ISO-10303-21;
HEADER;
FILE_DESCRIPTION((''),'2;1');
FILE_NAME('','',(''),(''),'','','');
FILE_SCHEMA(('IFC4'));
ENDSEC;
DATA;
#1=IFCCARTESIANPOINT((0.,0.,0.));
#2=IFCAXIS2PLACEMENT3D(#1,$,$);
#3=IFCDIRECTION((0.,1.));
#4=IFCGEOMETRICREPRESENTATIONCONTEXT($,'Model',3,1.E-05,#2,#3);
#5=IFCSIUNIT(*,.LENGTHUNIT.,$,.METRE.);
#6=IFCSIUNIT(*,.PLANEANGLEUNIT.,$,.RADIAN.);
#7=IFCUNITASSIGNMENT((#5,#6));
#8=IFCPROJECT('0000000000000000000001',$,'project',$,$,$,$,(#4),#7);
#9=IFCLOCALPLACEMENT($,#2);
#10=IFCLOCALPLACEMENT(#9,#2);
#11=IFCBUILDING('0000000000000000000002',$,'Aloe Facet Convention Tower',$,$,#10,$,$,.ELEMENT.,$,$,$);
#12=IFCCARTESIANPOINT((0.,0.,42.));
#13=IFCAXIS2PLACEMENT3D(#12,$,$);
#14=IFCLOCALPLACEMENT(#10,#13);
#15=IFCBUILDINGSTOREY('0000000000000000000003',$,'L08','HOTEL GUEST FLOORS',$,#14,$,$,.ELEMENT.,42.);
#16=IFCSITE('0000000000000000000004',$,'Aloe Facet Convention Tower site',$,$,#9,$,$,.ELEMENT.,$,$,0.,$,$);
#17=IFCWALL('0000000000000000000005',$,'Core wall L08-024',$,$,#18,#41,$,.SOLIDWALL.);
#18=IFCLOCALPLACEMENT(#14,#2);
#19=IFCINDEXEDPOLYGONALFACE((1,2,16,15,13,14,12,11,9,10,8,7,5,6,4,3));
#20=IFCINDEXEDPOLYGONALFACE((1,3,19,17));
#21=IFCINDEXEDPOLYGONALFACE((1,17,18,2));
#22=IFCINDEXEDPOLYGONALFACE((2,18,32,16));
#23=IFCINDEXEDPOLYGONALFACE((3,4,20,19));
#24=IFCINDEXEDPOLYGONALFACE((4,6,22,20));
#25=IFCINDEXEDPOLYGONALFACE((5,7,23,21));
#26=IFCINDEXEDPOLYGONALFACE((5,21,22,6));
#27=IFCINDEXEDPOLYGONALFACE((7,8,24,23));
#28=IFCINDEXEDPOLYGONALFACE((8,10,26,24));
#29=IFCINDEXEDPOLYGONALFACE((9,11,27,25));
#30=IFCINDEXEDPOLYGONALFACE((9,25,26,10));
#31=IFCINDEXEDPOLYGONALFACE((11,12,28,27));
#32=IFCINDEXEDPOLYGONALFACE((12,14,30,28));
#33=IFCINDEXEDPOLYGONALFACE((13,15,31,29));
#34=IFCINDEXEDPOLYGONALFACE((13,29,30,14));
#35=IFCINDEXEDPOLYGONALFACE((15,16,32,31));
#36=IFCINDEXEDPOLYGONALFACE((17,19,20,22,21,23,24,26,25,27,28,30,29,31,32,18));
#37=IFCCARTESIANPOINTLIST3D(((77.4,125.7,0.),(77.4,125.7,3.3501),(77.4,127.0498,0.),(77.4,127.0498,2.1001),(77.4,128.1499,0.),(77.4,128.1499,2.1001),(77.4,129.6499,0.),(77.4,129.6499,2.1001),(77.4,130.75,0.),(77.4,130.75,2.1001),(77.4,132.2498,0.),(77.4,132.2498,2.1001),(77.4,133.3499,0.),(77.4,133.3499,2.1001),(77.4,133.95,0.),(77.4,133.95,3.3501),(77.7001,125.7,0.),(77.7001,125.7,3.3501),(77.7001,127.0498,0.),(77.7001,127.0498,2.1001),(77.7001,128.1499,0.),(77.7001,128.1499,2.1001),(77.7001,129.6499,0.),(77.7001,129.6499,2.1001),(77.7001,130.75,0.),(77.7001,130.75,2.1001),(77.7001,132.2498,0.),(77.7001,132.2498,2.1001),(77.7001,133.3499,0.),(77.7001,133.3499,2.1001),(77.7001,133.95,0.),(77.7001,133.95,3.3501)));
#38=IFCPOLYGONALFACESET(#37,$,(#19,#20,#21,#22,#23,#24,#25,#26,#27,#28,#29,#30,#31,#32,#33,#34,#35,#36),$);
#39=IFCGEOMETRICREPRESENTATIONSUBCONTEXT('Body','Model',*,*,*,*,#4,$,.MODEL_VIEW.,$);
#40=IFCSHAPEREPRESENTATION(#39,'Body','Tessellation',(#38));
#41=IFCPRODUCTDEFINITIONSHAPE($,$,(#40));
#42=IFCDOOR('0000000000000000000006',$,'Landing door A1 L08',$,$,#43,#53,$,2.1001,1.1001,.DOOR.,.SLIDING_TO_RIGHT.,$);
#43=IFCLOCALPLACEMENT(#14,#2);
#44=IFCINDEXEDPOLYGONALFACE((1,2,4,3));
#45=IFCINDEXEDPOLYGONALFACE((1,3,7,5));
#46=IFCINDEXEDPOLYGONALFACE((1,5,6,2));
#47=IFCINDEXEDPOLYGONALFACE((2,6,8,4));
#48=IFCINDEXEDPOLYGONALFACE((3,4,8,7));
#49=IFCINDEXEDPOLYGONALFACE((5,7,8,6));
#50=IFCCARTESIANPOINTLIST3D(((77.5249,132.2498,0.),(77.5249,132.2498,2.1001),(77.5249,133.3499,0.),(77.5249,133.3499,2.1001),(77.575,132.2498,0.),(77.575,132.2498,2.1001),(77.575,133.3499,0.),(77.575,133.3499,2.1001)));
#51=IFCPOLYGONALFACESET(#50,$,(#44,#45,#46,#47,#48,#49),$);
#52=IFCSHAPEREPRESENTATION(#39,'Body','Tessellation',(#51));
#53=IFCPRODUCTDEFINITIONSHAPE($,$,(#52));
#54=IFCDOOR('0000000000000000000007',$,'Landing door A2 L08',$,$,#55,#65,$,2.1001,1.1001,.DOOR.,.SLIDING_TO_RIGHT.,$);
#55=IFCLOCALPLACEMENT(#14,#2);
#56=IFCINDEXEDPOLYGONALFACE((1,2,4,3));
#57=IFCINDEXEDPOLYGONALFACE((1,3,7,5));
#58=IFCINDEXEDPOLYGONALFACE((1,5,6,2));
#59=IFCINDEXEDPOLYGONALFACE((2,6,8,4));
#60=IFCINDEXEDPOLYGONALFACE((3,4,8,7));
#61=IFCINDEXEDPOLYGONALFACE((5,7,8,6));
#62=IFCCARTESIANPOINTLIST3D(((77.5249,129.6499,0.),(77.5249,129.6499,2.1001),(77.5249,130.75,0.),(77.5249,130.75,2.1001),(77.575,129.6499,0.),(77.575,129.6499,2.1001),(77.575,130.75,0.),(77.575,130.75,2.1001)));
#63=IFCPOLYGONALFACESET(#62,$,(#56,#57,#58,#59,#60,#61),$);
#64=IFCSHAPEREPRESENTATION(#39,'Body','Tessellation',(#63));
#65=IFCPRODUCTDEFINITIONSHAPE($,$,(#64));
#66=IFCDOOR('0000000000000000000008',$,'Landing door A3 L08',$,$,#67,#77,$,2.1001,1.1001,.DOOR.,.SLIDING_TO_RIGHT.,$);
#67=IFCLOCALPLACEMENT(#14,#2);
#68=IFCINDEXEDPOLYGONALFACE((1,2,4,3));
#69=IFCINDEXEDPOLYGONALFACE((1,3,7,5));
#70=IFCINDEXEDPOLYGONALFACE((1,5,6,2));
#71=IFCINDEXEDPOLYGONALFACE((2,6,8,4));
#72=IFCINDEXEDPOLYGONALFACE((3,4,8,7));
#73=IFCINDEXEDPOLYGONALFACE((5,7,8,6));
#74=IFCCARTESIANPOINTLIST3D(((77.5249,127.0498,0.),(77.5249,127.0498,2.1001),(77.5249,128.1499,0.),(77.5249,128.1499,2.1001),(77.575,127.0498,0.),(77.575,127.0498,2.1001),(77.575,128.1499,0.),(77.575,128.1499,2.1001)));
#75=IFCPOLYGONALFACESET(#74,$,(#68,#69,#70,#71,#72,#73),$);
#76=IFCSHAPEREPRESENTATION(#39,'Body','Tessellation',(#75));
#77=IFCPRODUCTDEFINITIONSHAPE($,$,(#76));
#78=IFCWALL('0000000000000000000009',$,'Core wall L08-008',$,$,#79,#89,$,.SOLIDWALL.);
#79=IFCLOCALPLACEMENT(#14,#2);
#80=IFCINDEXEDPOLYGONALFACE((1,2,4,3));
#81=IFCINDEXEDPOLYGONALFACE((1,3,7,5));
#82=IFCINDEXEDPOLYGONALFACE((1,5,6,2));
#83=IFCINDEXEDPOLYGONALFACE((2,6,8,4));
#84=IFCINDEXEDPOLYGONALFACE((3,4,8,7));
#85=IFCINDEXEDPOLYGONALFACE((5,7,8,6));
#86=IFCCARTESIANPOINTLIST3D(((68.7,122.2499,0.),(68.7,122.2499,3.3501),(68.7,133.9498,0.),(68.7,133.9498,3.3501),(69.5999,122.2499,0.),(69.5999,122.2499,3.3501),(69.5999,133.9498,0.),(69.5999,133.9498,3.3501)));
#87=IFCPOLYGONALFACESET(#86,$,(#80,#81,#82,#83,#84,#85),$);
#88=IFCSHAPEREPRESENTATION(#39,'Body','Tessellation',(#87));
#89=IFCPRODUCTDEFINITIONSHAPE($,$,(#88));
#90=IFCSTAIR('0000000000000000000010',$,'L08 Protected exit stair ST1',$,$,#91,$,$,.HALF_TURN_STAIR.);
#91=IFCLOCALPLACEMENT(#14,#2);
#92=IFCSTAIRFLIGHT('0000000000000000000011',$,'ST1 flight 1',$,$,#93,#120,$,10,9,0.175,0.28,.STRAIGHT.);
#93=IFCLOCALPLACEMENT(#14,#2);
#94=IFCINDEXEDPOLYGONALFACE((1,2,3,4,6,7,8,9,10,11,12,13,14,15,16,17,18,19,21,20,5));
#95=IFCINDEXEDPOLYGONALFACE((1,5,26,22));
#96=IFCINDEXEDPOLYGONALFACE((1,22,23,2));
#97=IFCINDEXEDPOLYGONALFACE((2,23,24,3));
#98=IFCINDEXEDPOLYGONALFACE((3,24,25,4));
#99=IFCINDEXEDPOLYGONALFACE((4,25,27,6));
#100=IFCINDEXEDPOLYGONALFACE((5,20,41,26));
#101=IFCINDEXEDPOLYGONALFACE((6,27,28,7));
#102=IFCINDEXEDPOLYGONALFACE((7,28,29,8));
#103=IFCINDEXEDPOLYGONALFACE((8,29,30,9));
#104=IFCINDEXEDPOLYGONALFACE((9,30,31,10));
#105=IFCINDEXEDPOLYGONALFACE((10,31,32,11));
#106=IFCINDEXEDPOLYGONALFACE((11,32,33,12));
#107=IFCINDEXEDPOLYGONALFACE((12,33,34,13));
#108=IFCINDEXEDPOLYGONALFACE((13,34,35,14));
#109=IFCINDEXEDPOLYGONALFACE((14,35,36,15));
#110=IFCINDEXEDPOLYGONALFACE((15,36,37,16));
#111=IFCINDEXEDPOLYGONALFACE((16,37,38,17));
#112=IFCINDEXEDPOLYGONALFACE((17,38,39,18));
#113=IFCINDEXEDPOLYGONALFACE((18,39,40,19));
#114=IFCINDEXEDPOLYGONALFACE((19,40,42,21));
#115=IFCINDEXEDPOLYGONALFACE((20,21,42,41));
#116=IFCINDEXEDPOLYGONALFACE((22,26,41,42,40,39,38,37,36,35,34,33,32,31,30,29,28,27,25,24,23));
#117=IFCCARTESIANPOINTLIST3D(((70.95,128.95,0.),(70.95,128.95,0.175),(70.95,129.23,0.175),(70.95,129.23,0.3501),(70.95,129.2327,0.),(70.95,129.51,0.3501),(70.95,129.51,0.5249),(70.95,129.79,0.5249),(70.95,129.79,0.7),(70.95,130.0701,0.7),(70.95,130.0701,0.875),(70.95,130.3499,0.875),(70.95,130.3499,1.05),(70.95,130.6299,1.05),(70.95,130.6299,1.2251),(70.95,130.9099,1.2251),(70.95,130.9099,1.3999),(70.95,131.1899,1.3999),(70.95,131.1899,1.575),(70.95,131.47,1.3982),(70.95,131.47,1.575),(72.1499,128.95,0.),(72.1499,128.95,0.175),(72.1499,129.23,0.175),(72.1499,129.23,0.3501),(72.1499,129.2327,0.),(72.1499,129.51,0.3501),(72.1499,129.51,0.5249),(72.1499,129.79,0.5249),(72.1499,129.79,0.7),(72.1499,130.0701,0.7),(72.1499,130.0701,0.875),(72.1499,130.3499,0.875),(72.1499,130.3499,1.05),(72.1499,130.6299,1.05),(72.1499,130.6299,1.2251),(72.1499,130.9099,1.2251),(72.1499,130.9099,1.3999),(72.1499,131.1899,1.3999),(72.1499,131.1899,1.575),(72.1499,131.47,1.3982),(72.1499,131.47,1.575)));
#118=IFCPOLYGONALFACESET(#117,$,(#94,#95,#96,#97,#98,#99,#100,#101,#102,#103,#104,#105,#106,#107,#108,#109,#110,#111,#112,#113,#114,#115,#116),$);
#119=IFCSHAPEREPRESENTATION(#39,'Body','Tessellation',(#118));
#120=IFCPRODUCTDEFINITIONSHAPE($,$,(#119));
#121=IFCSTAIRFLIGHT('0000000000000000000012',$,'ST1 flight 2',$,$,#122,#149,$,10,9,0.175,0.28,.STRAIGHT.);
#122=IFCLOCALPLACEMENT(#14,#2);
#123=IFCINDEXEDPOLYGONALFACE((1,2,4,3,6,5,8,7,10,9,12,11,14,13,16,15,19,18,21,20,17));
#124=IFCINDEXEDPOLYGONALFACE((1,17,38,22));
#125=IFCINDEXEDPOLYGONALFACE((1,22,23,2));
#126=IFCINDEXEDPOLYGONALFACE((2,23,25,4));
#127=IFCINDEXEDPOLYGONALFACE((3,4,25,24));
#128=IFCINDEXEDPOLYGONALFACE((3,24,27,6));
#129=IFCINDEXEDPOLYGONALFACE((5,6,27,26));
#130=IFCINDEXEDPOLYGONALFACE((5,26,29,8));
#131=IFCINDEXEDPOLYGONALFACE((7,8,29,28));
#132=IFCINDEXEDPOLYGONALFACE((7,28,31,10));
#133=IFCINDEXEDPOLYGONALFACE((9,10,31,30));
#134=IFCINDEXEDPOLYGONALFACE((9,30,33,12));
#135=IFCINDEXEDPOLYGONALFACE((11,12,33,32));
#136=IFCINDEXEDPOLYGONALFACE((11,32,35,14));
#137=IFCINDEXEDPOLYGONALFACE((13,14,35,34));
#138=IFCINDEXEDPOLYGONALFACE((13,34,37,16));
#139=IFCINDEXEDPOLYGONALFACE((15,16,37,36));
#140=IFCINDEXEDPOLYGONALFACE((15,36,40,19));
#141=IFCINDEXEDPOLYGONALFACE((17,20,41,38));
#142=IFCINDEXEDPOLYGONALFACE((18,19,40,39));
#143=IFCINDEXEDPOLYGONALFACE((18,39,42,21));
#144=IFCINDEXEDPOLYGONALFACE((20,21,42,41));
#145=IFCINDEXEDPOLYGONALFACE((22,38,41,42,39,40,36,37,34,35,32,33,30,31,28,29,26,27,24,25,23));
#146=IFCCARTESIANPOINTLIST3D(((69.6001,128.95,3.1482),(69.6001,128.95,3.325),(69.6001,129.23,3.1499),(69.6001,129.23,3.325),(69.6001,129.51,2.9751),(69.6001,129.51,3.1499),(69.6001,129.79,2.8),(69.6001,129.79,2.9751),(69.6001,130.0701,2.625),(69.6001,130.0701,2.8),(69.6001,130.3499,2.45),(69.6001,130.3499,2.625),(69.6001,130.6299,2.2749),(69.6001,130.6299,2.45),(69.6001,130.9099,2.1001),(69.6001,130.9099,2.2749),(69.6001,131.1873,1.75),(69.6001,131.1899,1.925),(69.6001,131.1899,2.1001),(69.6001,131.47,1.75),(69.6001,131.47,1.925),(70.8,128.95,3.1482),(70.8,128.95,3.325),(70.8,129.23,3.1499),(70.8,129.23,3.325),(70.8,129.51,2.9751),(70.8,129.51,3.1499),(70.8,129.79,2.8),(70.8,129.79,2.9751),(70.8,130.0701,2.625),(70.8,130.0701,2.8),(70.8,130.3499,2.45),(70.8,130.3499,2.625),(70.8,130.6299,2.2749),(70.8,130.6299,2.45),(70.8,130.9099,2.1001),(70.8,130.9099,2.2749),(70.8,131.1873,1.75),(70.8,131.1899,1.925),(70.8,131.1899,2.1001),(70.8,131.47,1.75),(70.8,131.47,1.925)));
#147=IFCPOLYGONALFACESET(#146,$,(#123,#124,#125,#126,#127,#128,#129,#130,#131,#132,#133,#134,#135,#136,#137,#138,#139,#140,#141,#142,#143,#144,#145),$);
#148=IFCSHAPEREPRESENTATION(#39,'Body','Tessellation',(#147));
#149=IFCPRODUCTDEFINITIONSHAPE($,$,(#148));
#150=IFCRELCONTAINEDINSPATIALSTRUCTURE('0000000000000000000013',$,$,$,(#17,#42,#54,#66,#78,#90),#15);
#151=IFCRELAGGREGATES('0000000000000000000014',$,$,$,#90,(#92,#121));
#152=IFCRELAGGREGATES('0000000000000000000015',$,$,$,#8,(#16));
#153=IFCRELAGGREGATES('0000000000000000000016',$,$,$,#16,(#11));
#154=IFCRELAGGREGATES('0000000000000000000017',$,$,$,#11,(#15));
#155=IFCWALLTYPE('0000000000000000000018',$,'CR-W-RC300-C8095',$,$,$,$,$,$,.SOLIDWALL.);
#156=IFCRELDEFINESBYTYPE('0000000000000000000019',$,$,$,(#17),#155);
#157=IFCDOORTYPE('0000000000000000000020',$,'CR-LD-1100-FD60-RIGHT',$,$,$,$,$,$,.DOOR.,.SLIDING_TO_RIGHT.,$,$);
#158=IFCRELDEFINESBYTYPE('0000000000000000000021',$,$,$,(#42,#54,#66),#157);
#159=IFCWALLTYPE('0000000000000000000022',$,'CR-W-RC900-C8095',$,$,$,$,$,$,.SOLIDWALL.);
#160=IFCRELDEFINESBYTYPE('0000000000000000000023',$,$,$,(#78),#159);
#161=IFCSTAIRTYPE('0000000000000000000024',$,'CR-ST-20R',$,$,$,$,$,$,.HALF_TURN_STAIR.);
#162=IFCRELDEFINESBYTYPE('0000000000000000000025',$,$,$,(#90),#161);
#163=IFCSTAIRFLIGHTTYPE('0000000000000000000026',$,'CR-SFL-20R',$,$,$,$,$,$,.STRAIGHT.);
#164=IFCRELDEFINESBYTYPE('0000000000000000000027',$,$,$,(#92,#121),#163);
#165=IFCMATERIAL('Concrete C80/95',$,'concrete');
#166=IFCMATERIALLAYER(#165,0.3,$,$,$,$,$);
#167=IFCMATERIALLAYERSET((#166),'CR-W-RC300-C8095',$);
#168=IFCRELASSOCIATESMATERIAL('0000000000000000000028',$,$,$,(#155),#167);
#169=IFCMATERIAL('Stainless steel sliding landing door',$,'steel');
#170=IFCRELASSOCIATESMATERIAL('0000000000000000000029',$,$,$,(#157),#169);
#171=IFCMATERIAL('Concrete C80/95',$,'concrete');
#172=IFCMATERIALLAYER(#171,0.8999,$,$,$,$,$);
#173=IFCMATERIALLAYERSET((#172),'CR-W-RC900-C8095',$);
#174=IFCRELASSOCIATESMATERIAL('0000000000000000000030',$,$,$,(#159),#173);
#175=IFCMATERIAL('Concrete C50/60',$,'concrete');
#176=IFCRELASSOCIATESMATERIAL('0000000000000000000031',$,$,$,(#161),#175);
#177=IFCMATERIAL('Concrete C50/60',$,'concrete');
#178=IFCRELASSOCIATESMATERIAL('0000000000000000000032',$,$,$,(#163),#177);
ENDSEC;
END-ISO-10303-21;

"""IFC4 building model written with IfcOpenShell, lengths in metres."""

from ifc_helpers import new_model, si_unit, direction, frame, frame_2d, origin, place, context, subcontext, project, spatial, polyline, rectangle, outline, extrude, material, layer, layer_set, type_object, element, fill, aggregate, save


model = new_model("IFC4")

# Units and contexts
model_context = context("Model", 3, precision=1e-05, world=origin(), true_north=direction((0.0, 1.0)))
body_context = subcontext(model_context, "Body", "Model", "MODEL_VIEW")
ifc_project = project(units=[si_unit("LENGTHUNIT", "METRE"), si_unit("PLANEANGLEUNIT", "RADIAN")], contexts=[model_context])

# Site, building, storey
site_placement = place(None, origin())
site = spatial("IfcSite", under=ifc_project, at=site_placement, Name="Aloe Facet Convention Tower site", CompositionType="ELEMENT", RefElevation=0.0)
building_placement = place(site_placement, origin())
building = spatial("IfcBuilding", under=site, at=building_placement, Name="Aloe Facet Convention Tower", CompositionType="ELEMENT")
storey_placement = place(building_placement, frame((0.0, 0.0, 42.0)))
storey = spatial("IfcBuildingStorey", under=building, at=storey_placement, Name="L08", Description="HOTEL GUEST FLOORS", CompositionType="ELEMENT", Elevation=42.0)

# Shared definitions
ifc_material_1 = material(Name="Concrete C80/95", Category="concrete")
ifc_layer_1 = layer(ifc_material_1, 0.3)
ifc_layer_set_1 = layer_set([ifc_layer_1], Name="CR-W-RC300-C8095")
wall_type_1 = type_object("IfcWallType", Name="CR-W-RC300-C8095", PredefinedType="SOLIDWALL", material=ifc_layer_set_1)

# Wall, openings, doors
wall_1_placement = place(storey_placement, frame((77.55, 133.95, 0.0), z_axis=(0.0, 0.0, 1.0), x_axis=(0.0, -1.0, 0.0)))
wall_1 = element("IfcWall", 1, at=wall_1_placement, inside=storey, type_object=wall_type_1, Name="Core wall L08-024", PredefinedType="SOLIDWALL", context=body_context, shape_type="SweptSolid", body=[
    extrude(rectangle(XDim=8.25, YDim=0.3, at=frame_2d((4.125, 0.0))), origin(), (0.0, 0.0, 1.0), 3.3501),
])
opening_1_placement = place(wall_1_placement, frame((0.6001, 0.0, 0.0)))
opening_1 = element("IfcOpeningElement", 2, at=opening_1_placement, cuts=wall_1, PredefinedType="OPENING", context=body_context, shape_type="SweptSolid", body=[
    extrude(rectangle(XDim=1.1001, YDim=2.1001, at=frame_2d((0.55, 1.05))), frame((0.0, 0.1602, 0.0), z_axis=(0.0, -1.0, 0.0), x_axis=(1.0, 0.0, 0.0)), (0.0, 0.0, 1.0), 0.3201),
])
opening_2_placement = place(wall_1_placement, frame((3.2, 0.0, 0.0)))
opening_2 = element("IfcOpeningElement", 3, at=opening_2_placement, cuts=wall_1, PredefinedType="OPENING", context=body_context, shape_type="SweptSolid", body=[
    extrude(rectangle(XDim=1.1001, YDim=2.1001, at=frame_2d((0.55, 1.05))), frame((0.0, 0.1602, 0.0), z_axis=(0.0, -1.0, 0.0), x_axis=(1.0, 0.0, 0.0)), (0.0, 0.0, 1.0), 0.3201),
])
opening_3_placement = place(wall_1_placement, frame((5.8, 0.0, 0.0)))
opening_3 = element("IfcOpeningElement", 4, at=opening_3_placement, cuts=wall_1, PredefinedType="OPENING", context=body_context, shape_type="SweptSolid", body=[
    extrude(rectangle(XDim=1.1001, YDim=2.1001, at=frame_2d((0.55, 1.05))), frame((0.0, 0.1602, 0.0), z_axis=(0.0, -1.0, 0.0), x_axis=(1.0, 0.0, 0.0)), (0.0, 0.0, 1.0), 0.3201),
])
ifc_material_2 = material(Name="Stainless steel sliding landing door", Category="steel")
door_type_1 = type_object("IfcDoorType", Name="CR-LD-1100-FD60-RIGHT", OperationType="SLIDING_TO_RIGHT", PredefinedType="DOOR", material=ifc_material_2)
door_1_placement = place(opening_1_placement, origin())
door_1 = element("IfcDoor", 5, at=door_1_placement, inside=storey, type_object=door_type_1, Name="Landing door A1 L08", OperationType="SLIDING_TO_RIGHT", OverallHeight=2.1001, OverallWidth=1.1001, PredefinedType="DOOR", context=body_context, shape_type="SweptSolid", body=[
    extrude(rectangle(XDim=1.1001, YDim=2.1001, at=frame_2d((0.55, 1.05))), frame((0.0, 0.0249, 0.0), z_axis=(0.0, -1.0, 0.0), x_axis=(1.0, 0.0, 0.0)), (0.0, 0.0, 1.0), 0.05),
])
fill(opening_1, door_1)
door_2_placement = place(opening_2_placement, origin())
door_2 = element("IfcDoor", 6, at=door_2_placement, inside=storey, type_object=door_type_1, Name="Landing door A2 L08", OperationType="SLIDING_TO_RIGHT", OverallHeight=2.1001, OverallWidth=1.1001, PredefinedType="DOOR", context=body_context, shape_type="SweptSolid", body=[
    extrude(rectangle(XDim=1.1001, YDim=2.1001, at=frame_2d((0.55, 1.05))), frame((0.0, 0.0249, 0.0), z_axis=(0.0, -1.0, 0.0), x_axis=(1.0, 0.0, 0.0)), (0.0, 0.0, 1.0), 0.05),
])
fill(opening_2, door_2)
door_3_placement = place(opening_3_placement, origin())
door_3 = element("IfcDoor", 7, at=door_3_placement, inside=storey, type_object=door_type_1, Name="Landing door A3 L08", OperationType="SLIDING_TO_RIGHT", OverallHeight=2.1001, OverallWidth=1.1001, PredefinedType="DOOR", context=body_context, shape_type="SweptSolid", body=[
    extrude(rectangle(XDim=1.1001, YDim=2.1001, at=frame_2d((0.55, 1.05))), frame((0.0, 0.0249, 0.0), z_axis=(0.0, -1.0, 0.0), x_axis=(1.0, 0.0, 0.0)), (0.0, 0.0, 1.0), 0.05),
])
fill(opening_3, door_3)

# Wall
ifc_material_3 = material(Name="Concrete C80/95", Category="concrete")
ifc_layer_2 = layer(ifc_material_3, 0.8999)
ifc_layer_set_2 = layer_set([ifc_layer_2], Name="CR-W-RC900-C8095")
wall_type_2 = type_object("IfcWallType", Name="CR-W-RC900-C8095", PredefinedType="SOLIDWALL", material=ifc_layer_set_2)
wall_2_placement = place(storey_placement, frame((69.1499, 133.95, 0.0), z_axis=(0.0, 0.0, 1.0), x_axis=(0.0, -1.0, 0.0)))
element("IfcWall", 8, at=wall_2_placement, inside=storey, type_object=wall_type_2, Name="Core wall L08-008", PredefinedType="SOLIDWALL", context=body_context, shape_type="SweptSolid", body=[
    extrude(rectangle(XDim=11.7, YDim=0.8999, at=frame_2d((5.8501, 0.0))), origin(), (0.0, 0.0, 1.0), 3.3501),
])

# Stair, stair flights
ifc_material_4 = material(Name="Concrete C50/60", Category="concrete")
stair_type = type_object("IfcStairType", Name="CR-ST-20R", PredefinedType="HALF_TURN_STAIR", material=ifc_material_4)
stair_placement = place(storey_placement, origin())
stair = element("IfcStair", 9, at=stair_placement, inside=storey, type_object=stair_type, Name="L08 Protected exit stair ST1", PredefinedType="HALF_TURN_STAIR")
ifc_material_5 = material(Name="Concrete C50/60", Category="concrete")
stair_flight_type = type_object("IfcStairFlightType", Name="CR-SFL-20R", PredefinedType="STRAIGHT", material=ifc_material_5)
stair_flight_1_placement = place(storey_placement, frame((71.55, 128.95, 0.0), z_axis=(0.0, 0.0, 1.0), x_axis=(0.0, 1.0, 0.0)))
stair_flight_1 = element("IfcStairFlight", 10, at=stair_flight_1_placement, type_object=stair_flight_type, Name="ST1 flight 1", NumberOfRisers=10, NumberOfTreads=9, PredefinedType="STRAIGHT", RiserHeight=0.175, TreadLength=0.28, context=body_context, shape_type="SweptSolid", body=[
    extrude(outline(polyline([(0.0, 0.0), (0.0, 0.175), (0.28, 0.175), (0.28, 0.3501), (0.5601, 0.3501), (0.5601, 0.5249), (0.8401, 0.5249), (0.8401, 0.7), (1.1201, 0.7), (1.1201, 0.875), (1.3999, 0.875), (1.3999, 1.05), (1.6799, 1.05), (1.6799, 1.2251), (1.96, 1.2251), (1.96, 1.3999), (2.24, 1.3999), (2.24, 1.575), (2.52, 1.575), (2.52, 1.75), (2.52, 1.3982), (0.2827, 0.0), (0.0, 0.0)])), frame((0.0, 0.6001, 0.0), z_axis=(0.0, -1.0, 0.0), x_axis=(1.0, 0.0, 0.0)), (0.0, 0.0, 1.0), 1.2),
])
stair_flight_2_placement = place(storey_placement, frame((70.2, 131.47, 1.75), z_axis=(0.0, 0.0, 1.0), x_axis=(0.0, -1.0, 0.0)))
stair_flight_2 = element("IfcStairFlight", 11, at=stair_flight_2_placement, type_object=stair_flight_type, Name="ST1 flight 2", NumberOfRisers=10, NumberOfTreads=9, PredefinedType="STRAIGHT", RiserHeight=0.175, TreadLength=0.28, context=body_context, shape_type="SweptSolid", body=[
    extrude(outline(polyline([(0.0, 0.0), (0.0, 0.175), (0.28, 0.175), (0.28, 0.3501), (0.5601, 0.3501), (0.5601, 0.5249), (0.8401, 0.5249), (0.8401, 0.7), (1.1201, 0.7), (1.1201, 0.875), (1.3999, 0.875), (1.3999, 1.05), (1.6799, 1.05), (1.6799, 1.2251), (1.96, 1.2251), (1.96, 1.3999), (2.24, 1.3999), (2.24, 1.575), (2.52, 1.575), (2.52, 1.75), (2.52, 1.3982), (0.2827, 0.0), (0.0, 0.0)])), frame((0.0, 0.6001, 0.0), z_axis=(0.0, -1.0, 0.0), x_axis=(1.0, 0.0, 0.0)), (0.0, 0.0, 1.0), 1.2),
])
aggregate(stair, [stair_flight_1, stair_flight_2])

save(model, "model.ifc")
